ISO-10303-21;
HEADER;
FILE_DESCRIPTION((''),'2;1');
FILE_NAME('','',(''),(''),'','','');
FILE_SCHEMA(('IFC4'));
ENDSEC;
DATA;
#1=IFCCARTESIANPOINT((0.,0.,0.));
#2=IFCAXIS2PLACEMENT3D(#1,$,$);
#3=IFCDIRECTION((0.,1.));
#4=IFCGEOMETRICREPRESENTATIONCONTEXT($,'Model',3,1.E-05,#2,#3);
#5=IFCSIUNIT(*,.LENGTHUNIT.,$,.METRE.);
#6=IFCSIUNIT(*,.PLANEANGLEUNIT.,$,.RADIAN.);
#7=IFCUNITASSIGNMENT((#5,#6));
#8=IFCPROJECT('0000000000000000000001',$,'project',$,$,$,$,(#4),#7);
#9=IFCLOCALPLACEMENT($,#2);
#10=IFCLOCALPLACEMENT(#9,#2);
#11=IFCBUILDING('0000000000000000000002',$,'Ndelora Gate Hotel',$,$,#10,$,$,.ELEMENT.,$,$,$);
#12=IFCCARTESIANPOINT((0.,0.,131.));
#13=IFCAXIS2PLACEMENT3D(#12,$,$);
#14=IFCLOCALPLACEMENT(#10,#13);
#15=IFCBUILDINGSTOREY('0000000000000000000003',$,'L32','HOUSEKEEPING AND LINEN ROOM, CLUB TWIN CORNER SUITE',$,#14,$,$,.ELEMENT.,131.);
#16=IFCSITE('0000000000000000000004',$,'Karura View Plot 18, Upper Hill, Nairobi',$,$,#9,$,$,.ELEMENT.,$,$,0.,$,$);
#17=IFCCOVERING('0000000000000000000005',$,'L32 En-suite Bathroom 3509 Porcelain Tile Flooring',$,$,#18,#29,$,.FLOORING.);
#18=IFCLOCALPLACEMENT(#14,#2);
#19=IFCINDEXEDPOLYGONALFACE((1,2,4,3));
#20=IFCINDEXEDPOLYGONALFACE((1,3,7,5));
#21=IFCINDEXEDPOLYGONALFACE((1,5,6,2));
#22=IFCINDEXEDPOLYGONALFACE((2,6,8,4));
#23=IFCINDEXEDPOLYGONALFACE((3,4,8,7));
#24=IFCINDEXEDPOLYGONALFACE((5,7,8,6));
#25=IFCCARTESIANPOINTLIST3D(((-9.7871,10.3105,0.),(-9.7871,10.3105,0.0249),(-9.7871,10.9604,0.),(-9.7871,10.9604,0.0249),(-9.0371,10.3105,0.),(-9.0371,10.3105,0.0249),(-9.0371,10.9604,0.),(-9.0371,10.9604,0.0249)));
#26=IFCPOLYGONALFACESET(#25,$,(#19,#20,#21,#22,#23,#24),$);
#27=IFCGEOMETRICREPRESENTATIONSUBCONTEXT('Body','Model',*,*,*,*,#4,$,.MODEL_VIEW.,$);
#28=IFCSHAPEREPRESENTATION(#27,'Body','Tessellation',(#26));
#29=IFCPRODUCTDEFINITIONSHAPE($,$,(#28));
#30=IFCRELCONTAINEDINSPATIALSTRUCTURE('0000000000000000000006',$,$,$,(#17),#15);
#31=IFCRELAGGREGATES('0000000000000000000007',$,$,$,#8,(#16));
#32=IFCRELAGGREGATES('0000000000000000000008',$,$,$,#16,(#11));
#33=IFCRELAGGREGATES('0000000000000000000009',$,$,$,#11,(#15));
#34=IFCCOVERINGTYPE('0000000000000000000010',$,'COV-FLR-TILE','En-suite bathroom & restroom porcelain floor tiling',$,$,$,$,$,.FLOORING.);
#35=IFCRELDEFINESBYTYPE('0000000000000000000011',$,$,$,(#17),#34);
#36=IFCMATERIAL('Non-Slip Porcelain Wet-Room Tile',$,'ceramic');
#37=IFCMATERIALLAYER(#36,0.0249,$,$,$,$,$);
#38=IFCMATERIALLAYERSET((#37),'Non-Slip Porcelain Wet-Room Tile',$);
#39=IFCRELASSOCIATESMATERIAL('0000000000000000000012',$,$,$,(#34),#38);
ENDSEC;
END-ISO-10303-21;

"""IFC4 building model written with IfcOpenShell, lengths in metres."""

from ifc_helpers import new_model, si_unit, direction, frame, origin, origin_2d, place, context, subcontext, project, spatial, rectangle, extrude, material, layer, layer_set, type_object, element, save


model = new_model("IFC4")

# Units and contexts
model_context = context("Model", 3, precision=1e-05, world=origin(), true_north=direction((0.0, 1.0)))
body_context = subcontext(model_context, "Body", "Model", "MODEL_VIEW")
ifc_project = project(units=[si_unit("LENGTHUNIT", "METRE"), si_unit("PLANEANGLEUNIT", "RADIAN")], contexts=[model_context])

# Site, building, storey
site_placement = place(None, origin())
site = spatial("IfcSite", under=ifc_project, at=site_placement, Name="Karura View Plot 18, Upper Hill, Nairobi", CompositionType="ELEMENT", RefElevation=0.0)
building_placement = place(site_placement, origin())
building = spatial("IfcBuilding", under=site, at=building_placement, Name="Ndelora Gate Hotel", CompositionType="ELEMENT")
storey_placement = place(building_placement, frame((0.0, 0.0, 131.0)))
storey = spatial("IfcBuildingStorey", under=building, at=storey_placement, Name="L32", Description="HOUSEKEEPING AND LINEN ROOM, CLUB TWIN CORNER SUITE", CompositionType="ELEMENT", Elevation=131.0)

# Covering
ifc_material_1 = material(Name="Non-Slip Porcelain Wet-Room Tile", Category="ceramic")
ifc_layer_1 = layer(ifc_material_1, 0.0249)
ifc_layer_set_1 = layer_set([ifc_layer_1], Name="Non-Slip Porcelain Wet-Room Tile")
covering_type_1 = type_object("IfcCoveringType", Name="COV-FLR-TILE", Description="En-suite bathroom & restroom porcelain floor tiling", PredefinedType="FLOORING", material=ifc_layer_set_1)
for number, where, z_axis, x_axis, name in (
    (1, (-9.4121, 10.6355, 0.0), (0.0, 0.0, 1.0), (1.0, 0.0, 0.0), "L32 En-suite Bathroom 3509 Porcelain Tile Flooring"),
):
    element("IfcCovering", number, at=place(storey_placement, frame(where, z_axis=z_axis, x_axis=x_axis)), inside=storey, type_object=covering_type_1, Name=name, PredefinedType="FLOORING", context=body_context, shape_type="SweptSolid", body=[
        extrude(rectangle(XDim=0.75, YDim=0.6499, at=origin_2d()), origin(), (0.0, 0.0, 1.0), 0.0249),
    ])

save(model, "model.ifc")
